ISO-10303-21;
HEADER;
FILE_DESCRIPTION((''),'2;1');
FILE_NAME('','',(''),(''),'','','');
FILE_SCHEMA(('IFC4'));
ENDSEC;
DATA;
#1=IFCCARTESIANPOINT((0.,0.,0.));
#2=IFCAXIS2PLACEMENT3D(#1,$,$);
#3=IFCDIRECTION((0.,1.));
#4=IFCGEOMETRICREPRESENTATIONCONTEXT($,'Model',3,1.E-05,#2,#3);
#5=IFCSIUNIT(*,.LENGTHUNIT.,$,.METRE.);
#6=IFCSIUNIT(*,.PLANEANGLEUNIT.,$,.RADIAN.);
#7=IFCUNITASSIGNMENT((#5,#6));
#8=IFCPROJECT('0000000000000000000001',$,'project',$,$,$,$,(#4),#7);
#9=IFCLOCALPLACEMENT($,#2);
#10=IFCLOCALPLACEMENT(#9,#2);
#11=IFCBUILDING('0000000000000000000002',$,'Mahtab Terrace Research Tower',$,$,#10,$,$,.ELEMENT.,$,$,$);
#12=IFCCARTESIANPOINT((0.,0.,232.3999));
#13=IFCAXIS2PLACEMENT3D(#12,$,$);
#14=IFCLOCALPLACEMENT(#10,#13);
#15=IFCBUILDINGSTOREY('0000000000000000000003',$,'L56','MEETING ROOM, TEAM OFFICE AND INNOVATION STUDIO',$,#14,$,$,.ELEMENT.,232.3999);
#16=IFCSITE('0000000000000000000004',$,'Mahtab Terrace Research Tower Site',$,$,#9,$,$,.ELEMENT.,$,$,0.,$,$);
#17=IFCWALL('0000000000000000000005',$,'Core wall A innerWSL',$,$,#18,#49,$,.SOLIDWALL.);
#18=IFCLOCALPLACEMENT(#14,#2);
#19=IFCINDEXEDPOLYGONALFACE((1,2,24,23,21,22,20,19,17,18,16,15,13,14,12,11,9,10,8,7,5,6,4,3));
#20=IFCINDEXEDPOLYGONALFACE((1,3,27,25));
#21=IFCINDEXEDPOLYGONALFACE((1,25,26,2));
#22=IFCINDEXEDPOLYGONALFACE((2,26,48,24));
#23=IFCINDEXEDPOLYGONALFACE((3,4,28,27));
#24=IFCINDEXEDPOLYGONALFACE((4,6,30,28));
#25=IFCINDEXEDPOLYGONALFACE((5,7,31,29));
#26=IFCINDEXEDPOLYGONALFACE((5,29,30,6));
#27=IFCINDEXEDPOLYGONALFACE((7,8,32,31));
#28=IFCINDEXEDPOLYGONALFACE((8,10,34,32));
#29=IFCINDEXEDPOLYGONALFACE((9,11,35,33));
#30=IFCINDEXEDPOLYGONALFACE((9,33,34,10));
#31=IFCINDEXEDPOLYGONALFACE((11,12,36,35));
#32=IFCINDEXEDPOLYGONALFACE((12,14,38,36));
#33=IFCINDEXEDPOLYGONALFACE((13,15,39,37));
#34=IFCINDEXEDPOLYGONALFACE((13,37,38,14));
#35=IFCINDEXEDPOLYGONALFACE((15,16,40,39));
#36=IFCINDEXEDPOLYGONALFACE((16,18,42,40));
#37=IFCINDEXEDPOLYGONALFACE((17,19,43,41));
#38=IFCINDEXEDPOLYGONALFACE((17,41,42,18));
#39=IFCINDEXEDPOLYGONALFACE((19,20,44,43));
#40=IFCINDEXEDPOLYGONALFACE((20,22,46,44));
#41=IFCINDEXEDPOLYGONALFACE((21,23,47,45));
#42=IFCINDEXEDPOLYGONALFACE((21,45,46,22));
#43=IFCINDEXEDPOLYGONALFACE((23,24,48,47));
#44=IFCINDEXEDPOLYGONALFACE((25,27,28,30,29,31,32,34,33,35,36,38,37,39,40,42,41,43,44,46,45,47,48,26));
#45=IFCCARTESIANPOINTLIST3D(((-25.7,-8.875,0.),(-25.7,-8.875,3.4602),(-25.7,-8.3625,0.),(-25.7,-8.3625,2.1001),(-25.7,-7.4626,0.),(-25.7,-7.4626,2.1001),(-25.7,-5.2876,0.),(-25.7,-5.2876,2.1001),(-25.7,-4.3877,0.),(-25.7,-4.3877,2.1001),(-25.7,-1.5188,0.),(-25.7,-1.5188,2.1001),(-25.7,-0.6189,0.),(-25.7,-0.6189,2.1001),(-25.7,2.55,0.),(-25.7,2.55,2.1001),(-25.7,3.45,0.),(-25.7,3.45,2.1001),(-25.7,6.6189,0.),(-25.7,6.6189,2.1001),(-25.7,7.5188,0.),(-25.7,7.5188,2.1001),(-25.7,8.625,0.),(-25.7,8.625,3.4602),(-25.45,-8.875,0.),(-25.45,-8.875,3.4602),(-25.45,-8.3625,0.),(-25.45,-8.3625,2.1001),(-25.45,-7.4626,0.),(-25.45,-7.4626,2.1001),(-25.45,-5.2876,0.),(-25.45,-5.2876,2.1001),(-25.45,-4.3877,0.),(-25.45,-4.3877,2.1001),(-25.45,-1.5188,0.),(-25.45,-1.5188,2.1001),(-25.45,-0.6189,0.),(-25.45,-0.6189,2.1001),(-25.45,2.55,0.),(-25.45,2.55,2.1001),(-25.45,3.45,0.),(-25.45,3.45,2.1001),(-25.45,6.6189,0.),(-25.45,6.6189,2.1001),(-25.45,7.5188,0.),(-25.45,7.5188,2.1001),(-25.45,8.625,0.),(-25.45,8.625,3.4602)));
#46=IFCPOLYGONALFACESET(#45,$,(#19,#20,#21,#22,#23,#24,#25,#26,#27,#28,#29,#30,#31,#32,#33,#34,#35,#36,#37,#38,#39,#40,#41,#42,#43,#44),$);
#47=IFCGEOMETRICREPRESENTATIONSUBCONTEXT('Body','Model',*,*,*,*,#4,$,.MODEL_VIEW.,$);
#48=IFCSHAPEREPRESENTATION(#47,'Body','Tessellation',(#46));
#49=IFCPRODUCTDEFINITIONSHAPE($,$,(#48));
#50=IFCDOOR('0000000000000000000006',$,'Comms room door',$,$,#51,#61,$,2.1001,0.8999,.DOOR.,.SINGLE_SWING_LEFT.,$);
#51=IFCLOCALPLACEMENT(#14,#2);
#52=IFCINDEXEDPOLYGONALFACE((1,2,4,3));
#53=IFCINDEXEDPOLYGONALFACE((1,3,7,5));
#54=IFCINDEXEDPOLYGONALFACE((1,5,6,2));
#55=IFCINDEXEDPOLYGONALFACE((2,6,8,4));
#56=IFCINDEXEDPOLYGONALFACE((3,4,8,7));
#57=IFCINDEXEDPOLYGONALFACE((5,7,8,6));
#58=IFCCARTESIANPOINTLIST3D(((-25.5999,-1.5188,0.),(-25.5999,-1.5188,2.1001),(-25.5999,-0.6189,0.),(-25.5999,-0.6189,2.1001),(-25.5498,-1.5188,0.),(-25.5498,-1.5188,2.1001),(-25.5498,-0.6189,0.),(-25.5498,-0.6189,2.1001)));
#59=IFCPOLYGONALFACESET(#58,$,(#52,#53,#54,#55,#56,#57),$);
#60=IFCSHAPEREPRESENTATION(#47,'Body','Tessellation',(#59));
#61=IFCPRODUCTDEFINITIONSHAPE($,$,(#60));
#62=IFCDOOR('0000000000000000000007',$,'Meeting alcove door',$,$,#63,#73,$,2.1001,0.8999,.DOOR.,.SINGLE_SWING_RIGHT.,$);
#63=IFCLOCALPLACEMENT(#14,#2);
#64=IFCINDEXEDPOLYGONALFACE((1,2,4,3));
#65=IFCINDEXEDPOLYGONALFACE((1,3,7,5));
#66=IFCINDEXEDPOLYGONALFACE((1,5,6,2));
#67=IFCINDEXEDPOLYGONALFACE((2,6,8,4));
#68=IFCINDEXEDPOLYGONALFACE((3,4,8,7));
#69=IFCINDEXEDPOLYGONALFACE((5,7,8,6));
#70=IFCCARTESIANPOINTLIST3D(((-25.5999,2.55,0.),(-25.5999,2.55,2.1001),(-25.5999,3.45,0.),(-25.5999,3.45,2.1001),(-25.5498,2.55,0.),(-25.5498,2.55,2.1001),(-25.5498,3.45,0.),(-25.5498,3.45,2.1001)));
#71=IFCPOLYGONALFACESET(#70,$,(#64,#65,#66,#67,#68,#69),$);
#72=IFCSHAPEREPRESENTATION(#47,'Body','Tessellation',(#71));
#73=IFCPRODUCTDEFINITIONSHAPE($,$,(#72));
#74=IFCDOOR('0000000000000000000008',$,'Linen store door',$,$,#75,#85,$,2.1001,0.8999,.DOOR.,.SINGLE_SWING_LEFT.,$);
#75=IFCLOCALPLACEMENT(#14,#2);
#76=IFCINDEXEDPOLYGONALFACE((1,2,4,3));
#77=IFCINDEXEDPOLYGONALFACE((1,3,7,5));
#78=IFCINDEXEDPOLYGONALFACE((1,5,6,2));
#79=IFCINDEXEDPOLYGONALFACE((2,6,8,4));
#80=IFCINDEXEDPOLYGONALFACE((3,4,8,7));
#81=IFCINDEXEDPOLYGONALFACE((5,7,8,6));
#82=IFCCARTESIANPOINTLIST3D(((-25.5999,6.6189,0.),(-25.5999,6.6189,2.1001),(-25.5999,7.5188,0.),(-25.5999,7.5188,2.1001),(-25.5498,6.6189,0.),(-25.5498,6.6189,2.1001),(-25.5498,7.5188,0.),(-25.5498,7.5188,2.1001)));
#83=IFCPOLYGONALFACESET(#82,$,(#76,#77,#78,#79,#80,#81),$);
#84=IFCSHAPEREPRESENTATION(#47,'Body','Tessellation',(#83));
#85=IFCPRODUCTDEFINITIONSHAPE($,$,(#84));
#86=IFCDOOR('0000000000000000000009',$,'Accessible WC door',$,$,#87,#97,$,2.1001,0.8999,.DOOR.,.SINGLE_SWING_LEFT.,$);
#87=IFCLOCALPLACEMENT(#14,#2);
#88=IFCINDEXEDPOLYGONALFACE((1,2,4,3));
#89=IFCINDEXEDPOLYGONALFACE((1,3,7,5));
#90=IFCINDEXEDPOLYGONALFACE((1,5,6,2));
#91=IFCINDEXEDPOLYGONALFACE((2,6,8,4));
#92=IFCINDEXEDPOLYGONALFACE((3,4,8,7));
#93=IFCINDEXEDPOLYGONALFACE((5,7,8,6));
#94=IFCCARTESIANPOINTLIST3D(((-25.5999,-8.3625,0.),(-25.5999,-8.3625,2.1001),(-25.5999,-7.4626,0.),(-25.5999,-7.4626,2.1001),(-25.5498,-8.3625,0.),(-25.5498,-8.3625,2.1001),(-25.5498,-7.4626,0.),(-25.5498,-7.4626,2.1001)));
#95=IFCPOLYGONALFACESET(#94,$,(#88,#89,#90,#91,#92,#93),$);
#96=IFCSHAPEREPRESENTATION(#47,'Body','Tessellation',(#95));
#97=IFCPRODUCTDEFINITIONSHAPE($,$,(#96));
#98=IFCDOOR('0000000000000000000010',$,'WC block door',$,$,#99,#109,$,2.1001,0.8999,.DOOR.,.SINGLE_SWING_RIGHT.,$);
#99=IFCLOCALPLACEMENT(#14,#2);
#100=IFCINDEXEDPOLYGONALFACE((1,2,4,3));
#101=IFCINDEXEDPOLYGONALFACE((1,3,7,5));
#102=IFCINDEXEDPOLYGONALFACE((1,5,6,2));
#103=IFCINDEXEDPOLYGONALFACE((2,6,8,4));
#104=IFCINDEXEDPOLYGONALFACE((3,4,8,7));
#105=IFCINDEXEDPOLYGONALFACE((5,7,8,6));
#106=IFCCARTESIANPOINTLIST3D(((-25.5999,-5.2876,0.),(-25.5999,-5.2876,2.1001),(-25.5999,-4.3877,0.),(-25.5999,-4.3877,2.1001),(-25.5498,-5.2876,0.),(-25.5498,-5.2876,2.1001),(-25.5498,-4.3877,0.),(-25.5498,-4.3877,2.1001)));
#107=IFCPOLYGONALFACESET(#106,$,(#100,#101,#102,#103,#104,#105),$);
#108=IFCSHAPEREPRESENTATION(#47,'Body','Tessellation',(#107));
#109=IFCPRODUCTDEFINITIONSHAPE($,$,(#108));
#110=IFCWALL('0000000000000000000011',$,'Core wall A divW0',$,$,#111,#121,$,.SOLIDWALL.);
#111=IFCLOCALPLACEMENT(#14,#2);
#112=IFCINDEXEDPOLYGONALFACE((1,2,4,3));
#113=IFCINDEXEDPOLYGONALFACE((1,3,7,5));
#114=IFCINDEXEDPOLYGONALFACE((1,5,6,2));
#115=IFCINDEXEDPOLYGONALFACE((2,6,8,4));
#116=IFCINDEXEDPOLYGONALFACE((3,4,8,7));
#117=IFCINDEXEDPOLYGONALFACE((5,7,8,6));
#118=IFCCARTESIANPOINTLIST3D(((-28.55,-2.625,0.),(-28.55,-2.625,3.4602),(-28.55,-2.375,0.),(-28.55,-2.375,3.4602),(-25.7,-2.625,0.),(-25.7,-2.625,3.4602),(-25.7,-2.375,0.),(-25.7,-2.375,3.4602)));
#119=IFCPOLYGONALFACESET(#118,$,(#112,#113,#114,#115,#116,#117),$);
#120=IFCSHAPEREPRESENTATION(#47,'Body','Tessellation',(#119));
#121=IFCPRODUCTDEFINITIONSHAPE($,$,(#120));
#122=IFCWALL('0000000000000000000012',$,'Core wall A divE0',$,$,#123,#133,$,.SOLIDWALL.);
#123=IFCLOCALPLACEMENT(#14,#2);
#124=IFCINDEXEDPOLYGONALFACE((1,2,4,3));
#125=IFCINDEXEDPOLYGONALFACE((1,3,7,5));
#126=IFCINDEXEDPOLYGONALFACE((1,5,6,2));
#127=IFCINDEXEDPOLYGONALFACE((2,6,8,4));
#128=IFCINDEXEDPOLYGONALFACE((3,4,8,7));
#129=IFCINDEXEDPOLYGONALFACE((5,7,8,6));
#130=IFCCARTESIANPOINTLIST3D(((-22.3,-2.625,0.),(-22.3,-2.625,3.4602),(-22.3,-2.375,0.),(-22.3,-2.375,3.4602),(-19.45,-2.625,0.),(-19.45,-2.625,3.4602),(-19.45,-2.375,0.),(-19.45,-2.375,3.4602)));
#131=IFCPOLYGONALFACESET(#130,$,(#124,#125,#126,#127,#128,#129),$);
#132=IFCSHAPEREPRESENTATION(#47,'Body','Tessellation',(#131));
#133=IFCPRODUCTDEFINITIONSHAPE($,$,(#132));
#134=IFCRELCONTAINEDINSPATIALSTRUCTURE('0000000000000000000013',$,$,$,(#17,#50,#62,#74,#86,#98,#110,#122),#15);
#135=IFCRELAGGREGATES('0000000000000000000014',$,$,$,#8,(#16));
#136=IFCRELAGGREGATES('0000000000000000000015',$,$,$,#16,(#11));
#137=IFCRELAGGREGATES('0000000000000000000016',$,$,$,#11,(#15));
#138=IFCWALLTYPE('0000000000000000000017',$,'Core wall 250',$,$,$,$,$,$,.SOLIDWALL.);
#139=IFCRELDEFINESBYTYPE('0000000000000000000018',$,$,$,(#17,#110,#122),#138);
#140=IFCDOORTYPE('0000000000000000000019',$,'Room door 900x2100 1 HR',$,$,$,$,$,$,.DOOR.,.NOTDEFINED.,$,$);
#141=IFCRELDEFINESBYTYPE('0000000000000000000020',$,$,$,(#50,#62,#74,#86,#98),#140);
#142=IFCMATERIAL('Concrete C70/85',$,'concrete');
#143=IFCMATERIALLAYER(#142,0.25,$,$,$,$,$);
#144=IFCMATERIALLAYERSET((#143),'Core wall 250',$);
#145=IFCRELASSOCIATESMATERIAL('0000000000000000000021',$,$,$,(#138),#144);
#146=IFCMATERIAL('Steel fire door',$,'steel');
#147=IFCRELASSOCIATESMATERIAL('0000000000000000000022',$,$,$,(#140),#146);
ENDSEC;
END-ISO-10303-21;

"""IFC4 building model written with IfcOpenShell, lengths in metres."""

from ifc_helpers import new_model, si_unit, direction, frame, frame_2d, origin, place, context, subcontext, project, spatial, rectangle, extrude, material, layer, layer_set, type_object, element, fill, save


model = new_model("IFC4")

# Units and contexts
model_context = context("Model", 3, precision=1e-05, world=origin(), true_north=direction((0.0, 1.0)))
body_context = subcontext(model_context, "Body", "Model", "MODEL_VIEW")
ifc_project = project(units=[si_unit("LENGTHUNIT", "METRE"), si_unit("PLANEANGLEUNIT", "RADIAN")], contexts=[model_context])

# Site, building, storey
site_placement = place(None, origin())
site = spatial("IfcSite", under=ifc_project, at=site_placement, Name="Mahtab Terrace Research Tower Site", CompositionType="ELEMENT", RefElevation=0.0)
building_placement = place(site_placement, origin())
building = spatial("IfcBuilding", under=site, at=building_placement, Name="Mahtab Terrace Research Tower", CompositionType="ELEMENT")
storey_placement = place(building_placement, frame((0.0, 0.0, 232.3999)))
storey = spatial("IfcBuildingStorey", under=building, at=storey_placement, Name="L56", Description="MEETING ROOM, TEAM OFFICE AND INNOVATION STUDIO", CompositionType="ELEMENT", Elevation=232.3999)

# Shared definitions
ifc_material_1 = material(Name="Concrete C70/85", Category="concrete")

# Shared definitions
ifc_layer_1 = layer(ifc_material_1, 0.25)
ifc_layer_set_1 = layer_set([ifc_layer_1], Name="Core wall 250")
wall_type_1 = type_object("IfcWallType", Name="Core wall 250", PredefinedType="SOLIDWALL", material=ifc_layer_set_1)
ifc_material_2 = material(Name="Steel fire door", Category="steel")

# Wall, openings, doors
wall_1_placement = place(storey_placement, frame((-25.575, -8.875, 0.0), z_axis=(0.0, 0.0, 1.0), x_axis=(0.0, 1.0, 0.0)))
wall_1 = element("IfcWall", 1, at=wall_1_placement, inside=storey, type_object=wall_type_1, Name="Core wall A innerWSL", PredefinedType="SOLIDWALL", context=body_context, shape_type="SweptSolid", body=[
    extrude(rectangle(XDim=17.5, YDim=0.25, at=frame_2d((8.75, 0.0))), origin(), (0.0, 0.0, 1.0), 3.4602),
])
opening_1_placement = place(wall_1_placement, frame((7.3562, 0.0, 0.0)))
opening_1 = element("IfcOpeningElement", 2, at=opening_1_placement, cuts=wall_1, PredefinedType="OPENING", context=body_context, shape_type="SweptSolid", body=[
    extrude(rectangle(XDim=0.8999, YDim=2.1001, at=frame_2d((0.45, 1.05))), frame((0.0, 0.135, 0.0), z_axis=(0.0, -1.0, 0.0), x_axis=(1.0, 0.0, 0.0)), (0.0, 0.0, 1.0), 0.27),
])
opening_2_placement = place(wall_1_placement, frame((11.425, 0.0, 0.0)))
opening_2 = element("IfcOpeningElement", 3, at=opening_2_placement, cuts=wall_1, PredefinedType="OPENING", context=body_context, shape_type="SweptSolid", body=[
    extrude(rectangle(XDim=0.8999, YDim=2.1001, at=frame_2d((0.45, 1.05))), frame((0.0, 0.135, 0.0), z_axis=(0.0, -1.0, 0.0), x_axis=(1.0, 0.0, 0.0)), (0.0, 0.0, 1.0), 0.27),
])
opening_3_placement = place(wall_1_placement, frame((15.4939, 0.0, 0.0)))
opening_3 = element("IfcOpeningElement", 4, at=opening_3_placement, cuts=wall_1, PredefinedType="OPENING", context=body_context, shape_type="SweptSolid", body=[
    extrude(rectangle(XDim=0.8999, YDim=2.1001, at=frame_2d((0.45, 1.05))), frame((0.0, 0.135, 0.0), z_axis=(0.0, -1.0, 0.0), x_axis=(1.0, 0.0, 0.0)), (0.0, 0.0, 1.0), 0.27),
])
opening_4_placement = place(wall_1_placement, frame((0.5125, 0.0, 0.0)))
opening_4 = element("IfcOpeningElement", 5, at=opening_4_placement, cuts=wall_1, PredefinedType="OPENING", context=body_context, shape_type="SweptSolid", body=[
    extrude(rectangle(XDim=0.8999, YDim=2.1001, at=frame_2d((0.45, 1.05))), frame((0.0, 0.135, 0.0), z_axis=(0.0, -1.0, 0.0), x_axis=(1.0, 0.0, 0.0)), (0.0, 0.0, 1.0), 0.27),
])
opening_5_placement = place(wall_1_placement, frame((3.5874, 0.0, 0.0)))
opening_5 = element("IfcOpeningElement", 6, at=opening_5_placement, cuts=wall_1, PredefinedType="OPENING", context=body_context, shape_type="SweptSolid", body=[
    extrude(rectangle(XDim=0.8999, YDim=2.1001, at=frame_2d((0.45, 1.05))), frame((0.0, 0.135, 0.0), z_axis=(0.0, -1.0, 0.0), x_axis=(1.0, 0.0, 0.0)), (0.0, 0.0, 1.0), 0.27),
])
door_type_1 = type_object("IfcDoorType", Name="Room door 900x2100 1 HR", OperationType="NOTDEFINED", PredefinedType="DOOR", material=ifc_material_2)
door_1_placement = place(opening_1_placement, origin())
door_1 = element("IfcDoor", 7, at=door_1_placement, inside=storey, type_object=door_type_1, Name="Comms room door", OperationType="SINGLE_SWING_LEFT", OverallHeight=2.1001, OverallWidth=0.8999, PredefinedType="DOOR", context=body_context, shape_type="SweptSolid", body=[
    extrude(rectangle(XDim=0.8999, YDim=2.1001, at=frame_2d((0.45, 1.05))), frame((0.0, 0.0249, 0.0), z_axis=(0.0, -1.0, 0.0), x_axis=(1.0, 0.0, 0.0)), (0.0, 0.0, 1.0), 0.05),
])
fill(opening_1, door_1)
door_2_placement = place(opening_2_placement, origin())
door_2 = element("IfcDoor", 8, at=door_2_placement, inside=storey, type_object=door_type_1, Name="Meeting alcove door", OperationType="SINGLE_SWING_RIGHT", OverallHeight=2.1001, OverallWidth=0.8999, PredefinedType="DOOR", context=body_context, shape_type="SweptSolid", body=[
    extrude(rectangle(XDim=0.8999, YDim=2.1001, at=frame_2d((0.45, 1.05))), frame((0.0, 0.0249, 0.0), z_axis=(0.0, -1.0, 0.0), x_axis=(1.0, 0.0, 0.0)), (0.0, 0.0, 1.0), 0.05),
])
fill(opening_2, door_2)
door_3_placement = place(opening_3_placement, origin())
door_3 = element("IfcDoor", 9, at=door_3_placement, inside=storey, type_object=door_type_1, Name="Linen store door", OperationType="SINGLE_SWING_LEFT", OverallHeight=2.1001, OverallWidth=0.8999, PredefinedType="DOOR", context=body_context, shape_type="SweptSolid", body=[
    extrude(rectangle(XDim=0.8999, YDim=2.1001, at=frame_2d((0.45, 1.05))), frame((0.0, 0.0249, 0.0), z_axis=(0.0, -1.0, 0.0), x_axis=(1.0, 0.0, 0.0)), (0.0, 0.0, 1.0), 0.05),
])
fill(opening_3, door_3)
door_4_placement = place(opening_4_placement, origin())
door_4 = element("IfcDoor", 10, at=door_4_placement, inside=storey, type_object=door_type_1, Name="Accessible WC door", OperationType="SINGLE_SWING_LEFT", OverallHeight=2.1001, OverallWidth=0.8999, PredefinedType="DOOR", context=body_context, shape_type="SweptSolid", body=[
    extrude(rectangle(XDim=0.8999, YDim=2.1001, at=frame_2d((0.45, 1.05))), frame((0.0, 0.0249, 0.0), z_axis=(0.0, -1.0, 0.0), x_axis=(1.0, 0.0, 0.0)), (0.0, 0.0, 1.0), 0.05),
])
fill(opening_4, door_4)
door_5_placement = place(opening_5_placement, origin())
door_5 = element("IfcDoor", 11, at=door_5_placement, inside=storey, type_object=door_type_1, Name="WC block door", OperationType="SINGLE_SWING_RIGHT", OverallHeight=2.1001, OverallWidth=0.8999, PredefinedType="DOOR", context=body_context, shape_type="SweptSolid", body=[
    extrude(rectangle(XDim=0.8999, YDim=2.1001, at=frame_2d((0.45, 1.05))), frame((0.0, 0.0249, 0.0), z_axis=(0.0, -1.0, 0.0), x_axis=(1.0, 0.0, 0.0)), (0.0, 0.0, 1.0), 0.05),
])
fill(opening_5, door_5)

# Walls
for number, where, z_axis, x_axis, name in (
    (12, (-28.55, -2.5, 0.0), (0.0, 0.0, 1.0), (1.0, 0.0, 0.0), "Core wall A divW0"),
    (13, (-22.3, -2.5, 0.0), (0.0, 0.0, 1.0), (1.0, 0.0, 0.0), "Core wall A divE0"),
):
    element("IfcWall", number, at=place(storey_placement, frame(where, z_axis=z_axis, x_axis=x_axis)), inside=storey, type_object=wall_type_1, Name=name, PredefinedType="SOLIDWALL", context=body_context, shape_type="SweptSolid", body=[
        extrude(rectangle(XDim=2.8501, YDim=0.25, at=frame_2d((1.425, 0.0))), origin(), (0.0, 0.0, 1.0), 3.4602),
    ])

save(model, "model.ifc")
